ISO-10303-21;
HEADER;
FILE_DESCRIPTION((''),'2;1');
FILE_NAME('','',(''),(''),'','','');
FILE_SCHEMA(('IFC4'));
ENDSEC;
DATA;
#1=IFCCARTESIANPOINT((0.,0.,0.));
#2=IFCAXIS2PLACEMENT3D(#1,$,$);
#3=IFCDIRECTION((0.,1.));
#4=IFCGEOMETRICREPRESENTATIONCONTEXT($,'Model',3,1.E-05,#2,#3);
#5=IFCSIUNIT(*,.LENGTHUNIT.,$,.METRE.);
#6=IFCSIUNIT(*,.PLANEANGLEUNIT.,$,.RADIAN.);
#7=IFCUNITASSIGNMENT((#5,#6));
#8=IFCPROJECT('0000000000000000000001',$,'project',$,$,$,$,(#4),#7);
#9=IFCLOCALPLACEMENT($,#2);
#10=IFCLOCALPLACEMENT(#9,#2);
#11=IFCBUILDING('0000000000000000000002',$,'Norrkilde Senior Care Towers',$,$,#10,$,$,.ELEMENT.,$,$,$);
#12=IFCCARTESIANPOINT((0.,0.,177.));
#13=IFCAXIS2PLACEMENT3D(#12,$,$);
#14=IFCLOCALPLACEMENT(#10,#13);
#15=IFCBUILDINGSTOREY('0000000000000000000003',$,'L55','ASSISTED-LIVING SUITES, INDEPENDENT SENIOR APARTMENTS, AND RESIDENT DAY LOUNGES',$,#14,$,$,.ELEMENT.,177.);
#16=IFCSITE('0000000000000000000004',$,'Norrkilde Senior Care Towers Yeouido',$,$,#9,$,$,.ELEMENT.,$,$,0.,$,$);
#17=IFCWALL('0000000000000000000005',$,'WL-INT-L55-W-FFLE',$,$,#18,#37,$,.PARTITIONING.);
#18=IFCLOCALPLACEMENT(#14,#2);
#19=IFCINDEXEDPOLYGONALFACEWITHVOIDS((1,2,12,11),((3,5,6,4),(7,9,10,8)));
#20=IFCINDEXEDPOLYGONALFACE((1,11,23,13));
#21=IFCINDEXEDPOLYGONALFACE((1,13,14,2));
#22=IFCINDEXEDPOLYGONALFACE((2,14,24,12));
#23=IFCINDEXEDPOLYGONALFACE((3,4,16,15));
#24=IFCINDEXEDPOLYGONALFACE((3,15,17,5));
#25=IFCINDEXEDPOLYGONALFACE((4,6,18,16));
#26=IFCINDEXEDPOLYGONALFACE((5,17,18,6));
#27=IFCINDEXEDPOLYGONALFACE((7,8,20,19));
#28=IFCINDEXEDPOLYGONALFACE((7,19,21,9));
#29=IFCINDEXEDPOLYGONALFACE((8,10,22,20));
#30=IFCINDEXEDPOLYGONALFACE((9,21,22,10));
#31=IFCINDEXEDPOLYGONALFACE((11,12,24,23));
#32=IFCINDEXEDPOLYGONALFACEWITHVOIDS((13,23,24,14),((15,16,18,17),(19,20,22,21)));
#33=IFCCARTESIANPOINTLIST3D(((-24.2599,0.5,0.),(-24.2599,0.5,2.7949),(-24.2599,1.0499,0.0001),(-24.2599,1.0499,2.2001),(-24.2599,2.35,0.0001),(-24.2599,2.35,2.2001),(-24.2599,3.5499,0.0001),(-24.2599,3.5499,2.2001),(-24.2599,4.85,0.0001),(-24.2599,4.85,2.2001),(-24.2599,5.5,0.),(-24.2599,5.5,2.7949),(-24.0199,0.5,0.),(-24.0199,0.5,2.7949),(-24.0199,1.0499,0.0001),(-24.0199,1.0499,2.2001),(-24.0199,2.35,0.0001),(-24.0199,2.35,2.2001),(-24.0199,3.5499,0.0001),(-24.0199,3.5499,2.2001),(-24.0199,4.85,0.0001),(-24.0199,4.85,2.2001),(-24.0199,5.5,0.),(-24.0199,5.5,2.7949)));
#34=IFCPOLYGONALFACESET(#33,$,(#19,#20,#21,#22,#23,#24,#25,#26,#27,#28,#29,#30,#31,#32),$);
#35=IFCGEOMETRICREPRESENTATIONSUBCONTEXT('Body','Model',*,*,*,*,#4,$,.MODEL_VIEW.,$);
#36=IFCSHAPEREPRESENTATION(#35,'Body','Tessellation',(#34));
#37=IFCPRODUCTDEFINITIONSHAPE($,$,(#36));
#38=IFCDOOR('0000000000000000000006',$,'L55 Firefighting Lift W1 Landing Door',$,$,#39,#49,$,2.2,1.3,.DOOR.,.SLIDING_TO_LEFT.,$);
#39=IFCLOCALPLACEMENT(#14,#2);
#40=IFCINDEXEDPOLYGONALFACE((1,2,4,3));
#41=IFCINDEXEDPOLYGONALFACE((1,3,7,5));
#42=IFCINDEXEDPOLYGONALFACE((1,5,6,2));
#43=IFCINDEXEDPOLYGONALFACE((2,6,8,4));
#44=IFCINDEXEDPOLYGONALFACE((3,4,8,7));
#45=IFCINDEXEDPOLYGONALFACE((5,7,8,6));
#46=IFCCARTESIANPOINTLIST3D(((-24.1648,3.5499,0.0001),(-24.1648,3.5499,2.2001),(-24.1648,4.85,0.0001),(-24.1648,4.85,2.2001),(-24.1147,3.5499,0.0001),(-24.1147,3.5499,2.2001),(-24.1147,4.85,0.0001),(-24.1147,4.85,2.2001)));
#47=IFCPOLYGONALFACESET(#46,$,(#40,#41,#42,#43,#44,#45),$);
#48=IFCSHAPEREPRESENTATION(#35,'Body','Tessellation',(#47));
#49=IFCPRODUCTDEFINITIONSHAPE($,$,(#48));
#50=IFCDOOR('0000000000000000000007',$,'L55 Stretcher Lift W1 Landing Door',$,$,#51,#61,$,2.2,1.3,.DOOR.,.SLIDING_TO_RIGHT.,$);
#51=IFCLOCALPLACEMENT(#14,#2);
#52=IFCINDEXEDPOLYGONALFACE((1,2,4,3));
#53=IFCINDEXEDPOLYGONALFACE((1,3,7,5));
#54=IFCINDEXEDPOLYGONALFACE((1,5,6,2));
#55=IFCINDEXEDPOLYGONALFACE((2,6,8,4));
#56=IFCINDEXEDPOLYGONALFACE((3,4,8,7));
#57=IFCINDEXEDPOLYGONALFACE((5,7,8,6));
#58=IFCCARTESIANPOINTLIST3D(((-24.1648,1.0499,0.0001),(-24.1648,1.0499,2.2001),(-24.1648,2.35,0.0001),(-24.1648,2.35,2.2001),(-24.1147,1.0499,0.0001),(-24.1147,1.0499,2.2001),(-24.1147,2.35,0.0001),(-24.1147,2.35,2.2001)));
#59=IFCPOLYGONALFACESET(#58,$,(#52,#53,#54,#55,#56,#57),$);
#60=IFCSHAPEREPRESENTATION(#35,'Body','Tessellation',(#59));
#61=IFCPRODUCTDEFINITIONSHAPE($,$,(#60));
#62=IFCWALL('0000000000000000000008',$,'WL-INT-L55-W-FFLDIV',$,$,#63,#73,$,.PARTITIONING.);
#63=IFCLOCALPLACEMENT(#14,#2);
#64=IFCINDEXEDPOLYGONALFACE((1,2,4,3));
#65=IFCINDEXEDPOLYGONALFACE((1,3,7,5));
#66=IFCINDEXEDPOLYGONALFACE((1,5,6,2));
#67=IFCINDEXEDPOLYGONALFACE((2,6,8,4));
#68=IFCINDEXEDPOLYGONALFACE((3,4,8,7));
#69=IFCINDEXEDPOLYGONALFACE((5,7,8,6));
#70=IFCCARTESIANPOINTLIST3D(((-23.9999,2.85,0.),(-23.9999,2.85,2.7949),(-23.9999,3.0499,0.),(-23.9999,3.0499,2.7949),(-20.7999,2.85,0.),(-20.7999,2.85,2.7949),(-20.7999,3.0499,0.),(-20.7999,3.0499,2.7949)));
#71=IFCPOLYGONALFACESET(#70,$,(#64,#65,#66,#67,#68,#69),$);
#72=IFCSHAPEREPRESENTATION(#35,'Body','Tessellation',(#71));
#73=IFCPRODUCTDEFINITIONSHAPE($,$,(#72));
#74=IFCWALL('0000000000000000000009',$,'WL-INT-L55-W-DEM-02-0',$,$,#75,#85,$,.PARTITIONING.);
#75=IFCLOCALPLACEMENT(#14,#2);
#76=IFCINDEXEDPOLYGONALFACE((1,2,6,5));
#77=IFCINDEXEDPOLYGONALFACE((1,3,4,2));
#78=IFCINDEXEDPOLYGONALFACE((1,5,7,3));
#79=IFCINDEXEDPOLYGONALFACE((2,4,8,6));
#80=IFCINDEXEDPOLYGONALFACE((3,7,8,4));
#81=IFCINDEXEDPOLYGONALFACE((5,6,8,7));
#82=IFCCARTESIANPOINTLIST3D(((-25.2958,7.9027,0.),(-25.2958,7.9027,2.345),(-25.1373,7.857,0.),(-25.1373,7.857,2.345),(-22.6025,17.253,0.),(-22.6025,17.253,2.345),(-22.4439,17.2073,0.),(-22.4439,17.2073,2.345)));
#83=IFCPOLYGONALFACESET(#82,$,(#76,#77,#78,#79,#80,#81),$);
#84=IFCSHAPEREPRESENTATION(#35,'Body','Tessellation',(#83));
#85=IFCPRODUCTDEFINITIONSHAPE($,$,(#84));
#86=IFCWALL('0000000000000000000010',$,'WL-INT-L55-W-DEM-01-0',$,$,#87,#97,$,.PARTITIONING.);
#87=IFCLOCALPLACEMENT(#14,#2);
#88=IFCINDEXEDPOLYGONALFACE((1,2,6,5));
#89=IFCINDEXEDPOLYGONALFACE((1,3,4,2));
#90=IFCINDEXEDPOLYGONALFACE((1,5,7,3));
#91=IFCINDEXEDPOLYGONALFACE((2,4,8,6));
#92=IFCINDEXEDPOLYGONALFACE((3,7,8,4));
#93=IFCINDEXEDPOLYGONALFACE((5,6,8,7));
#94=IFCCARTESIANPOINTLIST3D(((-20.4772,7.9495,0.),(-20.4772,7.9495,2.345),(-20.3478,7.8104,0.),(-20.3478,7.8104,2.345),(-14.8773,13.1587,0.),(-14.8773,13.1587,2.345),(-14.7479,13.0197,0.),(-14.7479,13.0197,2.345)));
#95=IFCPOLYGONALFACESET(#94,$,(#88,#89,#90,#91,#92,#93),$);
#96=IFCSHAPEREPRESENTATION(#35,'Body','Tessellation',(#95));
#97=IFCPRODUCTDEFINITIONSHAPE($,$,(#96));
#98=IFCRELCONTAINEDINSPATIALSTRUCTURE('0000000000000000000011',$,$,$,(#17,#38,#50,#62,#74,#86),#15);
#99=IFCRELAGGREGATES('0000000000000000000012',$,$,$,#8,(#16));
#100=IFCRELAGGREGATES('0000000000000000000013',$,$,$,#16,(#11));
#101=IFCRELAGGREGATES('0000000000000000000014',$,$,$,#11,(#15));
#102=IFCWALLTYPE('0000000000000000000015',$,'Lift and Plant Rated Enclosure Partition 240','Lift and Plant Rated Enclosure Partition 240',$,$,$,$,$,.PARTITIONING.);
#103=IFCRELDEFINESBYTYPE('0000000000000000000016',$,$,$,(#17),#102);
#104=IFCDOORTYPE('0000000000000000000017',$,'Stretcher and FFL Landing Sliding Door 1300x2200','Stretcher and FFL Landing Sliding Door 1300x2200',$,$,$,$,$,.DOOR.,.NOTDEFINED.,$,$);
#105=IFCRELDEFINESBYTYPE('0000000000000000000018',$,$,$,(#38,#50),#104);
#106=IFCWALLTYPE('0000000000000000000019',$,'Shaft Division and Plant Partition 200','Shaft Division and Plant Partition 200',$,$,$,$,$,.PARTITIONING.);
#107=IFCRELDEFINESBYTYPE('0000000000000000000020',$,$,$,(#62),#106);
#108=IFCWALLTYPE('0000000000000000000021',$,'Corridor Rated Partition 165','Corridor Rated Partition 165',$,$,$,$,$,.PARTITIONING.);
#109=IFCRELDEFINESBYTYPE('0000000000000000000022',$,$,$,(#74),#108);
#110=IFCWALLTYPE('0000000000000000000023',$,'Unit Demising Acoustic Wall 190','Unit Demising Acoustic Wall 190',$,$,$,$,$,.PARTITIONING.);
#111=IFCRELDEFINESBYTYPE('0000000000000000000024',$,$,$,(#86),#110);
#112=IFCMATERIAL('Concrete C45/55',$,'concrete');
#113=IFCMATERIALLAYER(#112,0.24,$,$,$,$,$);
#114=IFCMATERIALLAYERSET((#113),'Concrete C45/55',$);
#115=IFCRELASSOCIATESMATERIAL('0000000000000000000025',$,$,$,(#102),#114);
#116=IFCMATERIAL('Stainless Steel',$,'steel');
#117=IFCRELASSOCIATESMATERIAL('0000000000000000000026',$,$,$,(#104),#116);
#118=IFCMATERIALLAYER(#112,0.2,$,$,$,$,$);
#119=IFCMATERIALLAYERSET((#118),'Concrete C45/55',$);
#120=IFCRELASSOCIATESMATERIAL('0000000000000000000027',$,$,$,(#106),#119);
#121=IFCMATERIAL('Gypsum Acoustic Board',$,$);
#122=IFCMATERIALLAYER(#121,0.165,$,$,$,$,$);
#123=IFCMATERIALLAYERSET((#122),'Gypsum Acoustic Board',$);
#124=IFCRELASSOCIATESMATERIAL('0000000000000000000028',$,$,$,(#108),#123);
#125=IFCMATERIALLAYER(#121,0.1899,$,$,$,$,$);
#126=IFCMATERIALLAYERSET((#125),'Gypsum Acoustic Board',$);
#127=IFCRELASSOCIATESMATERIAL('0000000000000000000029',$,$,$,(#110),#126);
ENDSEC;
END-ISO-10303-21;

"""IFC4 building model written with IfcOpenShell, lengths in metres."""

from ifc_helpers import new_model, si_unit, direction, frame, frame_2d, origin, place, context, subcontext, project, spatial, rectangle, extrude, source, transform, mapped, material, layer, layer_set, type_object, type_shapes, element, fill, save


model = new_model("IFC4")

# Units and contexts
model_context = context("Model", 3, precision=1e-05, world=origin(), true_north=direction((0.0, 1.0)))
body_context = subcontext(model_context, "Body", "Model", "MODEL_VIEW")
ifc_project = project(units=[si_unit("LENGTHUNIT", "METRE"), si_unit("PLANEANGLEUNIT", "RADIAN")], contexts=[model_context])

# Site, building, storey
site_placement = place(None, origin())
site = spatial("IfcSite", under=ifc_project, at=site_placement, Name="Norrkilde Senior Care Towers Yeouido", CompositionType="ELEMENT", RefElevation=0.0)
building_placement = place(site_placement, origin())
building = spatial("IfcBuilding", under=site, at=building_placement, Name="Norrkilde Senior Care Towers", CompositionType="ELEMENT")
storey_placement = place(building_placement, frame((0.0, 0.0, 177.0)))
storey = spatial("IfcBuildingStorey", under=building, at=storey_placement, Name="L55", Description="ASSISTED-LIVING SUITES, INDEPENDENT SENIOR APARTMENTS, AND RESIDENT DAY LOUNGES", CompositionType="ELEMENT", Elevation=177.0)

# Wall, openings, doors
ifc_material_1 = material(Name="Concrete C45/55", Category="concrete")
ifc_layer_1 = layer(ifc_material_1, 0.24)
ifc_layer_set_1 = layer_set([ifc_layer_1], Name="Concrete C45/55")
wall_type_1 = type_object("IfcWallType", Name="Lift and Plant Rated Enclosure Partition 240", Description="Lift and Plant Rated Enclosure Partition 240", PredefinedType="PARTITIONING", material=ifc_layer_set_1)
shared_shape_1 = source(origin(), body_context, "Body", "SweptSolid", [
    extrude(rectangle(XDim=5.0, YDim=0.24, at=frame_2d((2.5, 0.0))), origin(), (0.0, 0.0, 1.0), 2.7949),
])
type_shapes(wall_type_1, [shared_shape_1])
wall_1_placement = place(storey_placement, frame((-24.1399, 0.5, 0.0), z_axis=(0.0, 0.0, 1.0), x_axis=(0.0, 1.0, 0.0)))
wall_1 = element("IfcWall", 1, at=wall_1_placement, inside=storey, type_object=wall_type_1, Name="WL-INT-L55-W-FFLE", PredefinedType="PARTITIONING", context=body_context, shape_type="MappedRepresentation", body=[
    mapped(shared_shape_1, transform((0.0, 0.0, 0.0), x_axis=(1.0, 0.0, 0.0), y_axis=(0.0, 1.0, 0.0), z_axis=(0.0, 0.0, 1.0), scale=1.0)),
])
opening_1_placement = place(wall_1_placement, frame((3.05, 0.0, 0.0)))
opening_1 = element("IfcOpeningElement", 2, at=opening_1_placement, cuts=wall_1, PredefinedType="OPENING", context=body_context, shape_type="SweptSolid", body=[
    extrude(rectangle(XDim=1.3, YDim=2.2, at=frame_2d((0.6499, 1.1001))), frame((0.0, 0.1299, 0.0), z_axis=(0.0, -1.0, 0.0), x_axis=(1.0, 0.0, 0.0)), (0.0, 0.0, 1.0), 0.26),
])
opening_2_placement = place(wall_1_placement, frame((0.55, 0.0, 0.0)))
opening_2 = element("IfcOpeningElement", 3, at=opening_2_placement, cuts=wall_1, PredefinedType="OPENING", context=body_context, shape_type="SweptSolid", body=[
    extrude(rectangle(XDim=1.3, YDim=2.2, at=frame_2d((0.6499, 1.1001))), frame((0.0, 0.1299, 0.0), z_axis=(0.0, -1.0, 0.0), x_axis=(1.0, 0.0, 0.0)), (0.0, 0.0, 1.0), 0.26),
])
ifc_material_2 = material(Name="Stainless Steel", Category="steel")
door_type_1 = type_object("IfcDoorType", Name="Stretcher and FFL Landing Sliding Door 1300x2200", Description="Stretcher and FFL Landing Sliding Door 1300x2200", OperationType="NOTDEFINED", PredefinedType="DOOR", material=ifc_material_2)
shared_shape_2 = source(origin(), body_context, "Body", "SweptSolid", [
    extrude(rectangle(XDim=1.3, YDim=2.2, at=frame_2d((0.6499, 1.1001))), frame((0.0, 0.0249, 0.0), z_axis=(0.0, -1.0, 0.0), x_axis=(1.0, 0.0, 0.0)), (0.0, 0.0, 1.0), 0.05),
])
type_shapes(door_type_1, [shared_shape_2])
door_1_placement = place(opening_1_placement, origin())
door_1 = element("IfcDoor", 4, at=door_1_placement, inside=storey, type_object=door_type_1, Name="L55 Firefighting Lift W1 Landing Door", OperationType="SLIDING_TO_LEFT", OverallHeight=2.2, OverallWidth=1.3, PredefinedType="DOOR", context=body_context, shape_type="MappedRepresentation", body=[
    mapped(shared_shape_2, transform((0.0, 0.0, 0.0), x_axis=(1.0, 0.0, 0.0), y_axis=(0.0, 1.0, 0.0), z_axis=(0.0, 0.0, 1.0), scale=1.0)),
])
fill(opening_1, door_1)
door_2_placement = place(opening_2_placement, origin())
door_2 = element("IfcDoor", 5, at=door_2_placement, inside=storey, type_object=door_type_1, Name="L55 Stretcher Lift W1 Landing Door", OperationType="SLIDING_TO_RIGHT", OverallHeight=2.2, OverallWidth=1.3, PredefinedType="DOOR", context=body_context, shape_type="MappedRepresentation", body=[
    mapped(shared_shape_2, transform((0.0, 0.0, 0.0), x_axis=(1.0, 0.0, 0.0), y_axis=(0.0, 1.0, 0.0), z_axis=(0.0, 0.0, 1.0), scale=1.0)),
])
fill(opening_2, door_2)

# Wall
ifc_layer_2 = layer(ifc_material_1, 0.2)
ifc_layer_set_2 = layer_set([ifc_layer_2], Name="Concrete C45/55")
wall_type_2 = type_object("IfcWallType", Name="Shaft Division and Plant Partition 200", Description="Shaft Division and Plant Partition 200", PredefinedType="PARTITIONING", material=ifc_layer_set_2)
shared_shape_3 = source(origin(), body_context, "Body", "SweptSolid", [
    extrude(rectangle(XDim=3.2, YDim=0.2, at=frame_2d((1.6001, 0.0))), origin(), (0.0, 0.0, 1.0), 2.7949),
])
type_shapes(wall_type_2, [shared_shape_3])
wall_2_placement = place(storey_placement, frame((-24.0, 2.95, 0.0), z_axis=(0.0, 0.0, 1.0), x_axis=(1.0, 0.0, 0.0)))
element("IfcWall", 6, at=wall_2_placement, inside=storey, type_object=wall_type_2, Name="WL-INT-L55-W-FFLDIV", PredefinedType="PARTITIONING", context=body_context, shape_type="MappedRepresentation", body=[
    mapped(shared_shape_3, transform((0.0, 0.0, 0.0), x_axis=(1.0, 0.0, 0.0), y_axis=(0.0, 1.0, 0.0), z_axis=(0.0, 0.0, 1.0), scale=1.0)),
])

# Walls
ifc_material_3 = material(Name="Gypsum Acoustic Board")
ifc_layer_3 = layer(ifc_material_3, 0.165)
ifc_layer_set_3 = layer_set([ifc_layer_3], Name="Gypsum Acoustic Board")
wall_type_3 = type_object("IfcWallType", Name="Corridor Rated Partition 165", Description="Corridor Rated Partition 165", PredefinedType="PARTITIONING", material=ifc_layer_set_3)
shared_shape_4 = source(origin(), body_context, "Body", "SweptSolid", [
    extrude(rectangle(XDim=9.7305, YDim=0.165, at=frame_2d((4.8652, 0.0))), origin(), (0.0, 0.0, 1.0), 2.345),
])
wall_3_placement = place(storey_placement, frame((-25.2166, 7.8799, 0.0), z_axis=(0.0, 0.0, 1.0), x_axis=(0.276795, 0.960929, 0.0)))
element("IfcWall", 7, at=wall_3_placement, inside=storey, type_object=wall_type_3, Name="WL-INT-L55-W-DEM-02-0", PredefinedType="PARTITIONING", context=body_context, shape_type="MappedRepresentation", body=[
    mapped(shared_shape_4, transform((0.0, 0.0, 0.0), x_axis=(1.0, 0.0, 0.0), y_axis=(0.0, 1.0, 0.0), z_axis=(0.0, 0.0, 1.0), scale=1.0)),
])
ifc_layer_4 = layer(ifc_material_3, 0.1899)
ifc_layer_set_4 = layer_set([ifc_layer_4], Name="Gypsum Acoustic Board")
wall_type_4 = type_object("IfcWallType", Name="Unit Demising Acoustic Wall 190", Description="Unit Demising Acoustic Wall 190", PredefinedType="PARTITIONING", material=ifc_layer_set_4)
shared_shape_5 = source(origin(), body_context, "Body", "SweptSolid", [
    extrude(rectangle(XDim=7.6482, YDim=0.1899, at=frame_2d((3.8242, 0.0))), origin(), (0.0, 0.0, 1.0), 2.345),
])
type_shapes(wall_type_4, [shared_shape_5])
wall_4_placement = place(storey_placement, frame((-20.4126, 7.8799, 0.0), z_axis=(0.0, 0.0, 1.0), x_axis=(0.732183, 0.681108, 0.0)))
element("IfcWall", 8, at=wall_4_placement, inside=storey, type_object=wall_type_4, Name="WL-INT-L55-W-DEM-01-0", PredefinedType="PARTITIONING", context=body_context, shape_type="MappedRepresentation", body=[
    mapped(shared_shape_5, transform((0.0, 0.0, 0.0), x_axis=(1.0, 0.0, 0.0), y_axis=(0.0, 1.0, 0.0), z_axis=(0.0, 0.0, 1.0), scale=1.0)),
])

save(model, "model.ifc")
